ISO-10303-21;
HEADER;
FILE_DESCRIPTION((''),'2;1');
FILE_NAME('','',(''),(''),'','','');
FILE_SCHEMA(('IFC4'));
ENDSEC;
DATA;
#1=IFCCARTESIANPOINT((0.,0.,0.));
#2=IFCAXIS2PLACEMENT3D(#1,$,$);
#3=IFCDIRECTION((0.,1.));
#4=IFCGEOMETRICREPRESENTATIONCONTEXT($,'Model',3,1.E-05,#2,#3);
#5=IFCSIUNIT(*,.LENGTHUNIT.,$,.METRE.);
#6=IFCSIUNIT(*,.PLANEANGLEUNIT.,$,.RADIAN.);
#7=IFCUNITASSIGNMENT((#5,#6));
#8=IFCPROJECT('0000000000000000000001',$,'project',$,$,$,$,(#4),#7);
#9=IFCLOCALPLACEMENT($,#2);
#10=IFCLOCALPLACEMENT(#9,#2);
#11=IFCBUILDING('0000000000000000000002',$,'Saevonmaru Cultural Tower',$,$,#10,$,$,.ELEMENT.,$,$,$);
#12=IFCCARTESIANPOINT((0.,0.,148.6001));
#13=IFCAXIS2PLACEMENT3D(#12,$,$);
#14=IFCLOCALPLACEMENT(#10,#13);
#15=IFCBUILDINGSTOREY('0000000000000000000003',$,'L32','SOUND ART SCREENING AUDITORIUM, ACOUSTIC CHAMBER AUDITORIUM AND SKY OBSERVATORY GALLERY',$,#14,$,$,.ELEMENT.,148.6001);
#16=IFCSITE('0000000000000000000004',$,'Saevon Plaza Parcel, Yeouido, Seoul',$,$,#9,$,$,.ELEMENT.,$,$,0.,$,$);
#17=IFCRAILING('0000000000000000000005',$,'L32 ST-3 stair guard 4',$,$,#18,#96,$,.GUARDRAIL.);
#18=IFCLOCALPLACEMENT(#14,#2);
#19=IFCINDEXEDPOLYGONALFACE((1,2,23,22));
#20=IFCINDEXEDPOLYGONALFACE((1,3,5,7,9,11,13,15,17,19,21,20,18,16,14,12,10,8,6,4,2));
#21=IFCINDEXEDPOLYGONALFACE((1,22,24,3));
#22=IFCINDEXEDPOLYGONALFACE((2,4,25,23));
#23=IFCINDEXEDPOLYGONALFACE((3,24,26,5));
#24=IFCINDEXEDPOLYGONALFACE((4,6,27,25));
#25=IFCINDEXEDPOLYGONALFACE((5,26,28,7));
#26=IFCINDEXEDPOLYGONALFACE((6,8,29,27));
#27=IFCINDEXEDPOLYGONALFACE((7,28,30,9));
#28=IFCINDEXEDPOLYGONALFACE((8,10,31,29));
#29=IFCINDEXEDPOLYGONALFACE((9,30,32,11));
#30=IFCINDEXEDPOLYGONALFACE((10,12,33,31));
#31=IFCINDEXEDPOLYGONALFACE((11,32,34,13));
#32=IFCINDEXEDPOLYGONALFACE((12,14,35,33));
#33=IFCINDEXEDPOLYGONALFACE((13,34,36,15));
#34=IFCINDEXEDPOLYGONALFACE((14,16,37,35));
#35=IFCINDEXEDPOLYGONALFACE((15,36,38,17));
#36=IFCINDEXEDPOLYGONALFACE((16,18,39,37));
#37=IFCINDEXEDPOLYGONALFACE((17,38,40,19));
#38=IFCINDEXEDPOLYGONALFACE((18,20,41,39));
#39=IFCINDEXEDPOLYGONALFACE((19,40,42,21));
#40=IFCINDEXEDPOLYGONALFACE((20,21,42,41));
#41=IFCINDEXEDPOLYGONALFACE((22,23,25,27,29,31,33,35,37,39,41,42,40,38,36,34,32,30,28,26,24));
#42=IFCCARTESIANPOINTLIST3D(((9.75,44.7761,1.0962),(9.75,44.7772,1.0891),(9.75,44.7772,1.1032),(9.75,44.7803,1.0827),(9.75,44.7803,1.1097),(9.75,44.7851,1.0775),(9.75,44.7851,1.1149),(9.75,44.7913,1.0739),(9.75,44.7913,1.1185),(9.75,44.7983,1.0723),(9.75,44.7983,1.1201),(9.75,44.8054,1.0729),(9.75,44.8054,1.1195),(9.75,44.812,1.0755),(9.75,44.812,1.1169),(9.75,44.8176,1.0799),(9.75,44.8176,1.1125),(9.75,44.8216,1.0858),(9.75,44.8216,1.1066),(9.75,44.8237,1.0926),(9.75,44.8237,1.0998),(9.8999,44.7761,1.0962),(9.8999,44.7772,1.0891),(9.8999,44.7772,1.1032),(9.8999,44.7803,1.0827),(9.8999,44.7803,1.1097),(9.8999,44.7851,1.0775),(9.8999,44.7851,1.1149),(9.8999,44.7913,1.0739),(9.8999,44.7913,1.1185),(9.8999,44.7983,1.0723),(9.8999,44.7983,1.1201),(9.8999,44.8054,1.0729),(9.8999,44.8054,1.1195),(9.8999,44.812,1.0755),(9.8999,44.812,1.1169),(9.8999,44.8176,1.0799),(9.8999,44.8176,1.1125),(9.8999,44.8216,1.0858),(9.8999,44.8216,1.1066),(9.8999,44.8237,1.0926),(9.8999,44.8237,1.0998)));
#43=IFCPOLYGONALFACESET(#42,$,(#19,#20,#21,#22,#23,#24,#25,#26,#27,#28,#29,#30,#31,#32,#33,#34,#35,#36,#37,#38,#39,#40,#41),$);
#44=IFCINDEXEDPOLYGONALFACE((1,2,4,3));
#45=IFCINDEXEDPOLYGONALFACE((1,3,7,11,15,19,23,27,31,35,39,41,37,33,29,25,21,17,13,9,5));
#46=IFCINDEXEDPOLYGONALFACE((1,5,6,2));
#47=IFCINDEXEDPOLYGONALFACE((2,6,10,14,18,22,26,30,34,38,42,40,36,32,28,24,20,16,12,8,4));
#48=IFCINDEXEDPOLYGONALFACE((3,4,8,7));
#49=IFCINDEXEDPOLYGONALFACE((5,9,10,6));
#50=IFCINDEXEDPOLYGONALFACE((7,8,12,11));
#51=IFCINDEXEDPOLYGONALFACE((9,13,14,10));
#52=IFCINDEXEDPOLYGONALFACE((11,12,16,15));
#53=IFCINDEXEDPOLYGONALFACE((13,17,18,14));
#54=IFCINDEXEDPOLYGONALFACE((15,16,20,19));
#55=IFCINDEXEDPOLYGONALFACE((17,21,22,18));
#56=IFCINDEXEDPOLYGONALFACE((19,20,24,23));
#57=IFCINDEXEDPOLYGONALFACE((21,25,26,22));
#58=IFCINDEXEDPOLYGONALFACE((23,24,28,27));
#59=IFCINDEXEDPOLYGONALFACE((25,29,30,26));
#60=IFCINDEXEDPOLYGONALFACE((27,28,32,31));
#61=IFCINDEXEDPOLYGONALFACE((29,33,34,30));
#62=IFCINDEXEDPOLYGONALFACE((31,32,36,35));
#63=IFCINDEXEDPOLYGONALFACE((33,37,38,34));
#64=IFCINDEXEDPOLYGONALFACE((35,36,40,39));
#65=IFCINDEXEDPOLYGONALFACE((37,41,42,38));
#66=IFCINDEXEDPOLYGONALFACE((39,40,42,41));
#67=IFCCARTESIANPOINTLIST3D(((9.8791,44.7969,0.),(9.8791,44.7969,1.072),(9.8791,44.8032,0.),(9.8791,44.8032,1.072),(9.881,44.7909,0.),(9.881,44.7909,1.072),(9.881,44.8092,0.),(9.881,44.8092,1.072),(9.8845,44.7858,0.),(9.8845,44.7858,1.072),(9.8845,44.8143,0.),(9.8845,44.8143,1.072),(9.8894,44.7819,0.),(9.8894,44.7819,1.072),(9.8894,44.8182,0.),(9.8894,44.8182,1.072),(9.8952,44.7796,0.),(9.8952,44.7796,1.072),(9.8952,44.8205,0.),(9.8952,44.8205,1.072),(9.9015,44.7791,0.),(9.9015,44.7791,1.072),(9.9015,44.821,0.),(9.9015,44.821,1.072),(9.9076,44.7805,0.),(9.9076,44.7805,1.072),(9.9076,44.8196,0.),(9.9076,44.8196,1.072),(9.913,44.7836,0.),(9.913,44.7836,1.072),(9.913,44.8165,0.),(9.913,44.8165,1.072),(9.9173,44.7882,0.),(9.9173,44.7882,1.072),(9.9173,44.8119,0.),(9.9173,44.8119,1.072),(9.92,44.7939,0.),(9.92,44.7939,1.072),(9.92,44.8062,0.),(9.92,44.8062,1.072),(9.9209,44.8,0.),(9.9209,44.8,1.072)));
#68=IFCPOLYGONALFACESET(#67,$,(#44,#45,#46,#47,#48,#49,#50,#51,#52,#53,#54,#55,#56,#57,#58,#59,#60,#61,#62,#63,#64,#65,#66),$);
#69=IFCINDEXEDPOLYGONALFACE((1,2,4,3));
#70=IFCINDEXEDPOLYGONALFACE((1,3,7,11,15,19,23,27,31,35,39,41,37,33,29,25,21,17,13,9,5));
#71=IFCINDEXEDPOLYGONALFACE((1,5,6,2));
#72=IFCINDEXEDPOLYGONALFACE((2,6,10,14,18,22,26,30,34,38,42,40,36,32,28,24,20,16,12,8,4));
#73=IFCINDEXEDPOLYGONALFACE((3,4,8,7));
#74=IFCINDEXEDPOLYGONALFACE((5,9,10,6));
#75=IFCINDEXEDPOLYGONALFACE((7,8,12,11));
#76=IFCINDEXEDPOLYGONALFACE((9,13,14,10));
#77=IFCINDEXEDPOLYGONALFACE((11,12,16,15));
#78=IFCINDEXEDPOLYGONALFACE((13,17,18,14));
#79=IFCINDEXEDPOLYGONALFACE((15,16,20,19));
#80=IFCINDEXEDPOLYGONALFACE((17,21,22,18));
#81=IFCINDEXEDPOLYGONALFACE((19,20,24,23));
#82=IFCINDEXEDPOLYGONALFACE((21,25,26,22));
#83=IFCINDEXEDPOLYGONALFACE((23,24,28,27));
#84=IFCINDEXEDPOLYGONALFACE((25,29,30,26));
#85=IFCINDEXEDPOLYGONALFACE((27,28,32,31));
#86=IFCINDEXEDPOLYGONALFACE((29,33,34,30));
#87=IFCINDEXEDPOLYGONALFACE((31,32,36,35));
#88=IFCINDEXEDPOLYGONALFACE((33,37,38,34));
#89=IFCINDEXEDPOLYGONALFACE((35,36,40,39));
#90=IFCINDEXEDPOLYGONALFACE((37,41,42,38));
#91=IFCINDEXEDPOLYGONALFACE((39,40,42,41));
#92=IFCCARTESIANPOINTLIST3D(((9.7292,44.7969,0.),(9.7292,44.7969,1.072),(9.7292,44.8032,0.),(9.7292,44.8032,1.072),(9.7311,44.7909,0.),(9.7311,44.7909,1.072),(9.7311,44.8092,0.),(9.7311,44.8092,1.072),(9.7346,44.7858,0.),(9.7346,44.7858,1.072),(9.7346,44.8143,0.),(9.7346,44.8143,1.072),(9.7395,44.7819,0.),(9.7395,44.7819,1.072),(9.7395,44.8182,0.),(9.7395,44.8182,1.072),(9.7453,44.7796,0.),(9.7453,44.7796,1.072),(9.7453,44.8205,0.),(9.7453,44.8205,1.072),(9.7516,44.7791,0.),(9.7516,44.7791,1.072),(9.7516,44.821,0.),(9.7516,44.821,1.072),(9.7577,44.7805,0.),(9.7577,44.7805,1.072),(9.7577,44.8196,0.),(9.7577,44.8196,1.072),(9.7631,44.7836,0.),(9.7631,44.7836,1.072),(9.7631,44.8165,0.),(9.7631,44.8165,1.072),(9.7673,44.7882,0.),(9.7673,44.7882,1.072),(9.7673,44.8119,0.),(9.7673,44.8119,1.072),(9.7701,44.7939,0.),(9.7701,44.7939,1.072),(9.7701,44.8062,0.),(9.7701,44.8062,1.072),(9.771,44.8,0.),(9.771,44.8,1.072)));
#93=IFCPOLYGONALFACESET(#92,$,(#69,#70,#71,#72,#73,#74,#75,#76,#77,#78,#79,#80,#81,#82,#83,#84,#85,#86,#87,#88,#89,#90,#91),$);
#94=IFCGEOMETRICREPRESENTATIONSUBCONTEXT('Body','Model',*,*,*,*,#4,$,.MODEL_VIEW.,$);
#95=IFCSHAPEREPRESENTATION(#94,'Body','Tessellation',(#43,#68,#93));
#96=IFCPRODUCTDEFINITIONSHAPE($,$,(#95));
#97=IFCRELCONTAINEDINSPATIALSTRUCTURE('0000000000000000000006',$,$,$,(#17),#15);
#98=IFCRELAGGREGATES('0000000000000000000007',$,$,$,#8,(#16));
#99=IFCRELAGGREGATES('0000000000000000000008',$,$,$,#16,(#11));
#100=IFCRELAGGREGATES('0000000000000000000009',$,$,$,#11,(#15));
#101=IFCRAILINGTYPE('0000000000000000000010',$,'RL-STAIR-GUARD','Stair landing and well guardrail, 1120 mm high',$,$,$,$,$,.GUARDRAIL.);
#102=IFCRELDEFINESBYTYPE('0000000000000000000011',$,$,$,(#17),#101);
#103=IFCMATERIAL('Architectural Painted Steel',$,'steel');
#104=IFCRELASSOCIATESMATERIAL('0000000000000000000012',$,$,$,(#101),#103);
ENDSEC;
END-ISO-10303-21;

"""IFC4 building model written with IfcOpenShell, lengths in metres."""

from ifc_helpers import new_model, si_unit, direction, frame, origin, origin_2d, place, context, subcontext, project, spatial, circle, extrude, material, type_object, element, save


model = new_model("IFC4")

# Units and contexts
model_context = context("Model", 3, precision=1e-05, world=origin(), true_north=direction((0.0, 1.0)))
body_context = subcontext(model_context, "Body", "Model", "MODEL_VIEW")
ifc_project = project(units=[si_unit("LENGTHUNIT", "METRE"), si_unit("PLANEANGLEUNIT", "RADIAN")], contexts=[model_context])

# Site, building, storey
site_placement = place(None, origin())
site = spatial("IfcSite", under=ifc_project, at=site_placement, Name="Saevon Plaza Parcel, Yeouido, Seoul", CompositionType="ELEMENT", RefElevation=0.0)
building_placement = place(site_placement, origin())
building = spatial("IfcBuilding", under=site, at=building_placement, Name="Saevonmaru Cultural Tower", CompositionType="ELEMENT")
storey_placement = place(building_placement, frame((0.0, 0.0, 148.6001)))
storey = spatial("IfcBuildingStorey", under=building, at=storey_placement, Name="L32", Description="SOUND ART SCREENING AUDITORIUM, ACOUSTIC CHAMBER AUDITORIUM AND SKY OBSERVATORY GALLERY", CompositionType="ELEMENT", Elevation=148.6001)

# Railing
ifc_material_1 = material(Name="Architectural Painted Steel", Category="steel")
railing_type_1 = type_object("IfcRailingType", Name="RL-STAIR-GUARD", Description="Stair landing and well guardrail, 1120 mm high", PredefinedType="GUARDRAIL", material=ifc_material_1)
railing_1_placement = place(storey_placement, frame((9.8999, 44.8, 0.0)))
element("IfcRailing", 1, at=railing_1_placement, inside=storey, type_object=railing_type_1, Name="L32 ST-3 stair guard 4", PredefinedType="GUARDRAIL", context=body_context, shape_type="SweptSolid", body=[
    extrude(circle(Radius=0.0239, at=origin_2d()), frame((0.0, 0.0, 1.0962), z_axis=(-1.0, 0.0, 0.0), x_axis=(0.0, -1.0, 0.0)), (0.0, 0.0, 1.0), 0.1499),
    extrude(circle(Radius=0.021, at=origin_2d()), origin(), (0.0, 0.0, 1.0), 1.072),
    extrude(circle(Radius=0.021, at=origin_2d()), frame((-0.1499, 0.0, 0.0)), (0.0, 0.0, 1.0), 1.072),
])

save(model, "model.ifc")
